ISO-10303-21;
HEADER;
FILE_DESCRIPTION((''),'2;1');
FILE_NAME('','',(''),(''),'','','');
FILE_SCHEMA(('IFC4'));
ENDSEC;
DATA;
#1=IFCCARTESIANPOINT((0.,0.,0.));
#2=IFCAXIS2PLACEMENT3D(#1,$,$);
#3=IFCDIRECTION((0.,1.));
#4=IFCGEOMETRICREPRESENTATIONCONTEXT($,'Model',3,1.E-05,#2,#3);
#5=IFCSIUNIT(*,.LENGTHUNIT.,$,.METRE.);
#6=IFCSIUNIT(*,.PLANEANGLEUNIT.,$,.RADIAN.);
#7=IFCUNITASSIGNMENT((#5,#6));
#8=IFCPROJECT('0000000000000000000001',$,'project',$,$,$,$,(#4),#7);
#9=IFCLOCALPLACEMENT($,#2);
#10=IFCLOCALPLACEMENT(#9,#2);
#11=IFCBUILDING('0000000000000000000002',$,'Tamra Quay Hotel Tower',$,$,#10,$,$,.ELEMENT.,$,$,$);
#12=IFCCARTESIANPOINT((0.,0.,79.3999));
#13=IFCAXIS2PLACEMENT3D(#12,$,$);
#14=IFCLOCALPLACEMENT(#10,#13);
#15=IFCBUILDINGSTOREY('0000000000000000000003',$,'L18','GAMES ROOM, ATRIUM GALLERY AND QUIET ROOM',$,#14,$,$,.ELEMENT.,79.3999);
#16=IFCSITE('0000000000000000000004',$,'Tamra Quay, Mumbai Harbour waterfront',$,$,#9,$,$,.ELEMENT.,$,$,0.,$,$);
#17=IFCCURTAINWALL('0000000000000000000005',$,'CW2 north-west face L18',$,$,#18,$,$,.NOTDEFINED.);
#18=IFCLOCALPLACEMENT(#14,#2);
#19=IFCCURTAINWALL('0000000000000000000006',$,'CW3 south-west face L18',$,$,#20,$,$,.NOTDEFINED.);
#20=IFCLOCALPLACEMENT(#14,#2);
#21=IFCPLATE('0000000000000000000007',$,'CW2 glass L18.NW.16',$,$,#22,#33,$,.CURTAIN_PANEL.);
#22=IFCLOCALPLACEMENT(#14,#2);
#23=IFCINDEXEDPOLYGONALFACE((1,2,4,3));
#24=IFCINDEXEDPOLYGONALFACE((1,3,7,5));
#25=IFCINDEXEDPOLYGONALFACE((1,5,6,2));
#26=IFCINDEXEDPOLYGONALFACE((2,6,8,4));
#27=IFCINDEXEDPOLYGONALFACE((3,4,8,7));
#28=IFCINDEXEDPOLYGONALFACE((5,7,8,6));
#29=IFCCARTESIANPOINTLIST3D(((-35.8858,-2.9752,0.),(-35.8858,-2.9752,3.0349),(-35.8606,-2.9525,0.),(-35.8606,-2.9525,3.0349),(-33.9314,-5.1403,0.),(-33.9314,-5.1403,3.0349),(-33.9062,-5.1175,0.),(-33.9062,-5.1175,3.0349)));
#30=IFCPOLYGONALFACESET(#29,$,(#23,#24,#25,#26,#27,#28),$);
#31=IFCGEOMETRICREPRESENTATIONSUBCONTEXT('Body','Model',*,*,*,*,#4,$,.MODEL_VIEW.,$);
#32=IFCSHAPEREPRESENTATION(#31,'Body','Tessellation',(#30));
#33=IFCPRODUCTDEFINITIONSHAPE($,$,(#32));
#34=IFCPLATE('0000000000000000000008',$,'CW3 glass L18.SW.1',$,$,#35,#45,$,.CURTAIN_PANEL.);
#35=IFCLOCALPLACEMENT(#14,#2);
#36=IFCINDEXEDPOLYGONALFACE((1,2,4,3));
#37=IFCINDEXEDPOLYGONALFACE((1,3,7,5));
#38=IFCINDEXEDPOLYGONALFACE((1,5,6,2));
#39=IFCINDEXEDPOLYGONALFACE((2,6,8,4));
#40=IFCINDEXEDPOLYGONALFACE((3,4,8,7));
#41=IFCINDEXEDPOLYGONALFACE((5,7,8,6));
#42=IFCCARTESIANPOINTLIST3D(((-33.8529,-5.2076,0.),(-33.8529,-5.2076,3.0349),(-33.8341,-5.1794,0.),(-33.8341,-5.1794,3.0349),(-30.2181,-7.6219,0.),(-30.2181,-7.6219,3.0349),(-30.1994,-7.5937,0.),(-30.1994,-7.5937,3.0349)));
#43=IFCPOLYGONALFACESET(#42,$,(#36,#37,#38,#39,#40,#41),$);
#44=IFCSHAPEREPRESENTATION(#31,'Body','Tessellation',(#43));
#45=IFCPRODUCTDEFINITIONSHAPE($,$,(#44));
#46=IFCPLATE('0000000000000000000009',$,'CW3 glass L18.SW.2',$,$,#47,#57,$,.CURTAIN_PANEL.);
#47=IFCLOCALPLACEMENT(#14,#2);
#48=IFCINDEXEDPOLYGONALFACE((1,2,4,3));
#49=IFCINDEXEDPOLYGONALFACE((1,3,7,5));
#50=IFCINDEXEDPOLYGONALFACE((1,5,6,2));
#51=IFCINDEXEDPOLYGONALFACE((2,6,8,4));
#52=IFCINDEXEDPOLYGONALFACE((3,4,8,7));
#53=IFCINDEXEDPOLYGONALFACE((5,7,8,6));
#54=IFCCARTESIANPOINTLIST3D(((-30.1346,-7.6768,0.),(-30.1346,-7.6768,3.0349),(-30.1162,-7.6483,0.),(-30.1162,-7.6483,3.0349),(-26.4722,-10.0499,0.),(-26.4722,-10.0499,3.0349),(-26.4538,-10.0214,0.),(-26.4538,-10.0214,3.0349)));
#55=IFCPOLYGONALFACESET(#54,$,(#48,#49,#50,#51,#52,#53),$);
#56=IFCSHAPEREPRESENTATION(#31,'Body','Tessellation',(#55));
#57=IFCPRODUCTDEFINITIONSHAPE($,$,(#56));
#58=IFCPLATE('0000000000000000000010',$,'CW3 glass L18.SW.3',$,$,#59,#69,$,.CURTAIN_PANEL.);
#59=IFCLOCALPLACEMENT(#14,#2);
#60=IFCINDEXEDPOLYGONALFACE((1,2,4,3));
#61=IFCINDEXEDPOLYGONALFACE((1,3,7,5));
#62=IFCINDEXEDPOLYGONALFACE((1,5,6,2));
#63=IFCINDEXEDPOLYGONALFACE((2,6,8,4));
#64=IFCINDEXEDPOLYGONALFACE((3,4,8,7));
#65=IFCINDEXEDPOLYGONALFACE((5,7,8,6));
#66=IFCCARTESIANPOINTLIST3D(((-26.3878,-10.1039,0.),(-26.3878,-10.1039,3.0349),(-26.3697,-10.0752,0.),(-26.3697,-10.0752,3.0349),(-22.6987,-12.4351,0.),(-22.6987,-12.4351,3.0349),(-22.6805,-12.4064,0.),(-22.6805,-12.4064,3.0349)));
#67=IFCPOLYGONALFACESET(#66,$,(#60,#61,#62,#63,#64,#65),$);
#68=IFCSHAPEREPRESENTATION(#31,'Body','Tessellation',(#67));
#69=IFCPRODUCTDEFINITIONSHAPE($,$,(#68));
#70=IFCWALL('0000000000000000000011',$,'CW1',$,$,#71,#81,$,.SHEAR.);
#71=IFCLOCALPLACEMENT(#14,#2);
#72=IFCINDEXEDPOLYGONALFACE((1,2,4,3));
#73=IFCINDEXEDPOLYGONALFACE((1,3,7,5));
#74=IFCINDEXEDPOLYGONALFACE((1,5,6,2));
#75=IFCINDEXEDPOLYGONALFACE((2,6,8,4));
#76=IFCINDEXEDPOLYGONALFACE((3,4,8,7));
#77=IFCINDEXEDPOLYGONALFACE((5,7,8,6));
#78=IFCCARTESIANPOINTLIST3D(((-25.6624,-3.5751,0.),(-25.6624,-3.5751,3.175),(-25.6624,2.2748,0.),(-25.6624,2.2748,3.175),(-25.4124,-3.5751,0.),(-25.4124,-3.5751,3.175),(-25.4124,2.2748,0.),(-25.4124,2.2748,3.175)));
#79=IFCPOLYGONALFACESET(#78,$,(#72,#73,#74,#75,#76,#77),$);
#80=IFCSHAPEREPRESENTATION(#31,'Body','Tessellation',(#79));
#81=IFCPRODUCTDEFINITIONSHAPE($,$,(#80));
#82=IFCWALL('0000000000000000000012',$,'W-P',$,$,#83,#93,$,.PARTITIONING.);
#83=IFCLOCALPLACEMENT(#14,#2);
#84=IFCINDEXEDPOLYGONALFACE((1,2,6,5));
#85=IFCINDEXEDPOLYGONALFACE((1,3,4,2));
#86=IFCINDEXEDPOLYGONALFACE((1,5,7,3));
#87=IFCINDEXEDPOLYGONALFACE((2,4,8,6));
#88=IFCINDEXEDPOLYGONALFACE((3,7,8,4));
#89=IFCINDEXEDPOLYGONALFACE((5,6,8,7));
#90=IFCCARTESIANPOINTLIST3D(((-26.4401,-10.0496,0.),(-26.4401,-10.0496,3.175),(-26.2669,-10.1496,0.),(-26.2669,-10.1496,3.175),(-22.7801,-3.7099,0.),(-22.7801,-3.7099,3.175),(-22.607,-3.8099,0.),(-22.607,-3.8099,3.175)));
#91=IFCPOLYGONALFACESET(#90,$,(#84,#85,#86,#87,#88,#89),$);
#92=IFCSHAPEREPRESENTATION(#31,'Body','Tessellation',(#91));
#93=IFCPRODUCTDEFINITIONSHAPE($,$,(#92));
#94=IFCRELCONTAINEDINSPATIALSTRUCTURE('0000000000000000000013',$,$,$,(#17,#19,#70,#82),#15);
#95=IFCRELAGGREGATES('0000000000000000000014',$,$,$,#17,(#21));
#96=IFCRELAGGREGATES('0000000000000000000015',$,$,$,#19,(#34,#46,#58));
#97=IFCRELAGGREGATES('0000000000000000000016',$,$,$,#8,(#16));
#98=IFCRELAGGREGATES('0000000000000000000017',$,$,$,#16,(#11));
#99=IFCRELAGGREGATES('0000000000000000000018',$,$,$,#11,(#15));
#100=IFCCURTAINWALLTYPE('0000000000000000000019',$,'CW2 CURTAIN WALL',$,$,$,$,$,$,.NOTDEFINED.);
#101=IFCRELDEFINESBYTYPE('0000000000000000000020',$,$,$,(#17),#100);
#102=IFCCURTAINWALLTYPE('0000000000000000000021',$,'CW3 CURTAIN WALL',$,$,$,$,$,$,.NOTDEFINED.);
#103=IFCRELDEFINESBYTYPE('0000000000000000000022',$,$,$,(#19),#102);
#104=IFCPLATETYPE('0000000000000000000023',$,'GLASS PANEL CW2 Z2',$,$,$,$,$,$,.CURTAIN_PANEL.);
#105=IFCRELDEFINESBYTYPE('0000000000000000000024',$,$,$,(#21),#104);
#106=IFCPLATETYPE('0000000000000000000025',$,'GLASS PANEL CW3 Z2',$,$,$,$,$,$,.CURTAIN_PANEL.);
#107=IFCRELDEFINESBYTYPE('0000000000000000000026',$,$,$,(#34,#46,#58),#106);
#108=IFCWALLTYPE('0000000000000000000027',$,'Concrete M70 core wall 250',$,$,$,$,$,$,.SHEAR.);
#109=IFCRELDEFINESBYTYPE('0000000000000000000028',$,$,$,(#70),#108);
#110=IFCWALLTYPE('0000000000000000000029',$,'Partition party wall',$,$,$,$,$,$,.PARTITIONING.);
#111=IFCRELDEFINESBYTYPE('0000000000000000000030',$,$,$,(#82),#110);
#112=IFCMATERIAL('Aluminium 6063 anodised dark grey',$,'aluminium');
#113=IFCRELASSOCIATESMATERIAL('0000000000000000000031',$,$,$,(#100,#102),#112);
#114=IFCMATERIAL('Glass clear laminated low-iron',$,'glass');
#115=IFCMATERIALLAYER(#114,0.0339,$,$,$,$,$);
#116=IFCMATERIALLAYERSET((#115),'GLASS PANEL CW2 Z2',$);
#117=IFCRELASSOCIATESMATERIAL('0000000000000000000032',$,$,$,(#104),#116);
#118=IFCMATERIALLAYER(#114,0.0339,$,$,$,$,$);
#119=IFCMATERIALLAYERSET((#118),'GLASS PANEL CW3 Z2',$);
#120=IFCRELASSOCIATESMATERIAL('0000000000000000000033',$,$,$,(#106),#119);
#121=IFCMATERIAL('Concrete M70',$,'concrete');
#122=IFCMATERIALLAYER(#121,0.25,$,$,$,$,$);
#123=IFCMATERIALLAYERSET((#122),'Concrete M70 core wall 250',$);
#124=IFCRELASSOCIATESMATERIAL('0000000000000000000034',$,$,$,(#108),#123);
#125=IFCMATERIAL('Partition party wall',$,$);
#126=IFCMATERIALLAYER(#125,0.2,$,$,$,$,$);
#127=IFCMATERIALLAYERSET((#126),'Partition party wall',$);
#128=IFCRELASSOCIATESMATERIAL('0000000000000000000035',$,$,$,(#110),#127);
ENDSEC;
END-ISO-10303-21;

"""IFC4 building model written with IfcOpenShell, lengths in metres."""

from ifc_helpers import new_model, si_unit, direction, frame, frame_2d, origin, origin_2d, place, context, subcontext, project, spatial, rectangle, extrude, material, layer, layer_set, type_object, element, aggregate, save


model = new_model("IFC4")

# Units and contexts
model_context = context("Model", 3, precision=1e-05, world=origin(), true_north=direction((0.0, 1.0)))
body_context = subcontext(model_context, "Body", "Model", "MODEL_VIEW")
ifc_project = project(units=[si_unit("LENGTHUNIT", "METRE"), si_unit("PLANEANGLEUNIT", "RADIAN")], contexts=[model_context])

# Site, building, storey
site_placement = place(None, origin())
site = spatial("IfcSite", under=ifc_project, at=site_placement, Name="Tamra Quay, Mumbai Harbour waterfront", CompositionType="ELEMENT", RefElevation=0.0)
building_placement = place(site_placement, origin())
building = spatial("IfcBuilding", under=site, at=building_placement, Name="Tamra Quay Hotel Tower", CompositionType="ELEMENT")
storey_placement = place(building_placement, frame((0.0, 0.0, 79.3999)))
storey = spatial("IfcBuildingStorey", under=building, at=storey_placement, Name="L18", Description="GAMES ROOM, ATRIUM GALLERY AND QUIET ROOM", CompositionType="ELEMENT", Elevation=79.3999)

# Shared definitions
ifc_material_1 = material(Name="Concrete M70", Category="concrete")

# Curtain walls
ifc_material_2 = material(Name="Aluminium 6063 anodised dark grey", Category="aluminium")
curtain_wall_type_1 = type_object("IfcCurtainWallType", Name="CW2 CURTAIN WALL", PredefinedType="NOTDEFINED", material=ifc_material_2)
curtain_wall_1_placement = place(storey_placement, origin())
curtain_wall_1 = element("IfcCurtainWall", 1, at=curtain_wall_1_placement, inside=storey, type_object=curtain_wall_type_1, Name="CW2 north-west face L18", PredefinedType="NOTDEFINED")
curtain_wall_type_2 = type_object("IfcCurtainWallType", Name="CW3 CURTAIN WALL", PredefinedType="NOTDEFINED", material=ifc_material_2)
curtain_wall_2_placement = place(storey_placement, origin())
curtain_wall_2 = element("IfcCurtainWall", 2, at=curtain_wall_2_placement, inside=storey, type_object=curtain_wall_type_2, Name="CW3 south-west face L18", PredefinedType="NOTDEFINED")

# Plates
ifc_material_3 = material(Name="Glass clear laminated low-iron", Category="glass")
ifc_layer_1 = layer(ifc_material_3, 0.0339)
ifc_layer_set_1 = layer_set([ifc_layer_1], Name="GLASS PANEL CW2 Z2")
plate_type_1 = type_object("IfcPlateType", Name="GLASS PANEL CW2 Z2", PredefinedType="CURTAIN_PANEL", material=ifc_layer_set_1)
plate_1_placement = place(storey_placement, frame((-34.896, -4.0464, 0.0), z_axis=(0.0, 0.0, 1.0), x_axis=(0.670088, -0.742282, 0.0)))
plate_1 = element("IfcPlate", 3, at=plate_1_placement, type_object=plate_type_1, Name="CW2 glass L18.NW.16", PredefinedType="CURTAIN_PANEL", context=body_context, shape_type="SweptSolid", body=[
    extrude(rectangle(XDim=2.9167, YDim=0.0339, at=origin_2d()), origin(), (0.0, 0.0, 1.0), 3.0349),
])
aggregate(curtain_wall_1, [plate_1])
ifc_layer_2 = layer(ifc_material_3, 0.0339)
ifc_layer_set_2 = layer_set([ifc_layer_2], Name="GLASS PANEL CW3 Z2")
plate_type_2 = type_object("IfcPlateType", Name="GLASS PANEL CW3 Z2", PredefinedType="CURTAIN_PANEL", material=ifc_layer_set_2)
plate_2_placement = place(storey_placement, frame((-32.0261, -6.4006, 0.0), z_axis=(0.0, 0.0, 1.0), x_axis=(0.832988, -0.553291, 0.0)))
plate_2 = element("IfcPlate", 4, at=plate_2_placement, type_object=plate_type_2, Name="CW3 glass L18.SW.1", PredefinedType="CURTAIN_PANEL", context=body_context, shape_type="SweptSolid", body=[
    extrude(rectangle(XDim=4.3635, YDim=0.0339, at=origin_2d()), origin(), (0.0, 0.0, 1.0), 3.0349),
])
plate_3_placement = place(storey_placement, frame((-28.2942, -8.8491, 0.0), z_axis=(0.0, 0.0, 1.0), x_axis=(0.839224, -0.543786, 0.0)))
plate_3 = element("IfcPlate", 5, at=plate_3_placement, type_object=plate_type_2, Name="CW3 glass L18.SW.2", PredefinedType="CURTAIN_PANEL", context=body_context, shape_type="SweptSolid", body=[
    extrude(rectangle(XDim=4.364, YDim=0.0339, at=origin_2d()), origin(), (0.0, 0.0, 1.0), 3.0349),
])
plate_4_placement = place(storey_placement, frame((-24.5342, -11.2551, 0.0), z_axis=(0.0, 0.0, 1.0), x_axis=(0.845362, -0.534193, 0.0)))
plate_4 = element("IfcPlate", 6, at=plate_4_placement, type_object=plate_type_2, Name="CW3 glass L18.SW.3", PredefinedType="CURTAIN_PANEL", context=body_context, shape_type="SweptSolid", body=[
    extrude(rectangle(XDim=4.364, YDim=0.0339, at=origin_2d()), origin(), (0.0, 0.0, 1.0), 3.0349),
])
aggregate(curtain_wall_2, [plate_2, plate_3, plate_4])

# Walls
ifc_layer_3 = layer(ifc_material_1, 0.25)
ifc_layer_set_3 = layer_set([ifc_layer_3], Name="Concrete M70 core wall 250")
wall_type_1 = type_object("IfcWallType", Name="Concrete M70 core wall 250", PredefinedType="SHEAR", material=ifc_layer_set_3)
wall_1_placement = place(storey_placement, frame((-25.5374, -3.575, 0.0), z_axis=(0.0, 0.0, 1.0), x_axis=(0.0, 1.0, 0.0)))
element("IfcWall", 7, at=wall_1_placement, inside=storey, type_object=wall_type_1, Name="CW1", PredefinedType="SHEAR", context=body_context, shape_type="SweptSolid", body=[
    extrude(rectangle(XDim=5.8499, YDim=0.25, at=frame_2d((2.9248, 0.0))), origin(), (0.0, 0.0, 1.0), 3.175),
])
ifc_material_4 = material(Name="Partition party wall")
ifc_layer_4 = layer(ifc_material_4, 0.2)
ifc_layer_set_4 = layer_set([ifc_layer_4], Name="Partition party wall")
wall_type_2 = type_object("IfcWallType", Name="Partition party wall", PredefinedType="PARTITIONING", material=ifc_layer_set_4)
wall_2_placement = place(storey_placement, frame((-26.3535, -10.0996, 0.0), z_axis=(0.0, 0.0, 1.0), x_axis=(0.499974, 0.866041, 0.0)))
element("IfcWall", 8, at=wall_2_placement, inside=storey, type_object=wall_type_2, Name="W-P", PredefinedType="PARTITIONING", context=body_context, shape_type="SweptSolid", body=[
    extrude(rectangle(XDim=7.3203, YDim=0.2, at=frame_2d((3.6602, 0.0))), origin(), (0.0, 0.0, 1.0), 3.175),
])

save(model, "model.ifc")
